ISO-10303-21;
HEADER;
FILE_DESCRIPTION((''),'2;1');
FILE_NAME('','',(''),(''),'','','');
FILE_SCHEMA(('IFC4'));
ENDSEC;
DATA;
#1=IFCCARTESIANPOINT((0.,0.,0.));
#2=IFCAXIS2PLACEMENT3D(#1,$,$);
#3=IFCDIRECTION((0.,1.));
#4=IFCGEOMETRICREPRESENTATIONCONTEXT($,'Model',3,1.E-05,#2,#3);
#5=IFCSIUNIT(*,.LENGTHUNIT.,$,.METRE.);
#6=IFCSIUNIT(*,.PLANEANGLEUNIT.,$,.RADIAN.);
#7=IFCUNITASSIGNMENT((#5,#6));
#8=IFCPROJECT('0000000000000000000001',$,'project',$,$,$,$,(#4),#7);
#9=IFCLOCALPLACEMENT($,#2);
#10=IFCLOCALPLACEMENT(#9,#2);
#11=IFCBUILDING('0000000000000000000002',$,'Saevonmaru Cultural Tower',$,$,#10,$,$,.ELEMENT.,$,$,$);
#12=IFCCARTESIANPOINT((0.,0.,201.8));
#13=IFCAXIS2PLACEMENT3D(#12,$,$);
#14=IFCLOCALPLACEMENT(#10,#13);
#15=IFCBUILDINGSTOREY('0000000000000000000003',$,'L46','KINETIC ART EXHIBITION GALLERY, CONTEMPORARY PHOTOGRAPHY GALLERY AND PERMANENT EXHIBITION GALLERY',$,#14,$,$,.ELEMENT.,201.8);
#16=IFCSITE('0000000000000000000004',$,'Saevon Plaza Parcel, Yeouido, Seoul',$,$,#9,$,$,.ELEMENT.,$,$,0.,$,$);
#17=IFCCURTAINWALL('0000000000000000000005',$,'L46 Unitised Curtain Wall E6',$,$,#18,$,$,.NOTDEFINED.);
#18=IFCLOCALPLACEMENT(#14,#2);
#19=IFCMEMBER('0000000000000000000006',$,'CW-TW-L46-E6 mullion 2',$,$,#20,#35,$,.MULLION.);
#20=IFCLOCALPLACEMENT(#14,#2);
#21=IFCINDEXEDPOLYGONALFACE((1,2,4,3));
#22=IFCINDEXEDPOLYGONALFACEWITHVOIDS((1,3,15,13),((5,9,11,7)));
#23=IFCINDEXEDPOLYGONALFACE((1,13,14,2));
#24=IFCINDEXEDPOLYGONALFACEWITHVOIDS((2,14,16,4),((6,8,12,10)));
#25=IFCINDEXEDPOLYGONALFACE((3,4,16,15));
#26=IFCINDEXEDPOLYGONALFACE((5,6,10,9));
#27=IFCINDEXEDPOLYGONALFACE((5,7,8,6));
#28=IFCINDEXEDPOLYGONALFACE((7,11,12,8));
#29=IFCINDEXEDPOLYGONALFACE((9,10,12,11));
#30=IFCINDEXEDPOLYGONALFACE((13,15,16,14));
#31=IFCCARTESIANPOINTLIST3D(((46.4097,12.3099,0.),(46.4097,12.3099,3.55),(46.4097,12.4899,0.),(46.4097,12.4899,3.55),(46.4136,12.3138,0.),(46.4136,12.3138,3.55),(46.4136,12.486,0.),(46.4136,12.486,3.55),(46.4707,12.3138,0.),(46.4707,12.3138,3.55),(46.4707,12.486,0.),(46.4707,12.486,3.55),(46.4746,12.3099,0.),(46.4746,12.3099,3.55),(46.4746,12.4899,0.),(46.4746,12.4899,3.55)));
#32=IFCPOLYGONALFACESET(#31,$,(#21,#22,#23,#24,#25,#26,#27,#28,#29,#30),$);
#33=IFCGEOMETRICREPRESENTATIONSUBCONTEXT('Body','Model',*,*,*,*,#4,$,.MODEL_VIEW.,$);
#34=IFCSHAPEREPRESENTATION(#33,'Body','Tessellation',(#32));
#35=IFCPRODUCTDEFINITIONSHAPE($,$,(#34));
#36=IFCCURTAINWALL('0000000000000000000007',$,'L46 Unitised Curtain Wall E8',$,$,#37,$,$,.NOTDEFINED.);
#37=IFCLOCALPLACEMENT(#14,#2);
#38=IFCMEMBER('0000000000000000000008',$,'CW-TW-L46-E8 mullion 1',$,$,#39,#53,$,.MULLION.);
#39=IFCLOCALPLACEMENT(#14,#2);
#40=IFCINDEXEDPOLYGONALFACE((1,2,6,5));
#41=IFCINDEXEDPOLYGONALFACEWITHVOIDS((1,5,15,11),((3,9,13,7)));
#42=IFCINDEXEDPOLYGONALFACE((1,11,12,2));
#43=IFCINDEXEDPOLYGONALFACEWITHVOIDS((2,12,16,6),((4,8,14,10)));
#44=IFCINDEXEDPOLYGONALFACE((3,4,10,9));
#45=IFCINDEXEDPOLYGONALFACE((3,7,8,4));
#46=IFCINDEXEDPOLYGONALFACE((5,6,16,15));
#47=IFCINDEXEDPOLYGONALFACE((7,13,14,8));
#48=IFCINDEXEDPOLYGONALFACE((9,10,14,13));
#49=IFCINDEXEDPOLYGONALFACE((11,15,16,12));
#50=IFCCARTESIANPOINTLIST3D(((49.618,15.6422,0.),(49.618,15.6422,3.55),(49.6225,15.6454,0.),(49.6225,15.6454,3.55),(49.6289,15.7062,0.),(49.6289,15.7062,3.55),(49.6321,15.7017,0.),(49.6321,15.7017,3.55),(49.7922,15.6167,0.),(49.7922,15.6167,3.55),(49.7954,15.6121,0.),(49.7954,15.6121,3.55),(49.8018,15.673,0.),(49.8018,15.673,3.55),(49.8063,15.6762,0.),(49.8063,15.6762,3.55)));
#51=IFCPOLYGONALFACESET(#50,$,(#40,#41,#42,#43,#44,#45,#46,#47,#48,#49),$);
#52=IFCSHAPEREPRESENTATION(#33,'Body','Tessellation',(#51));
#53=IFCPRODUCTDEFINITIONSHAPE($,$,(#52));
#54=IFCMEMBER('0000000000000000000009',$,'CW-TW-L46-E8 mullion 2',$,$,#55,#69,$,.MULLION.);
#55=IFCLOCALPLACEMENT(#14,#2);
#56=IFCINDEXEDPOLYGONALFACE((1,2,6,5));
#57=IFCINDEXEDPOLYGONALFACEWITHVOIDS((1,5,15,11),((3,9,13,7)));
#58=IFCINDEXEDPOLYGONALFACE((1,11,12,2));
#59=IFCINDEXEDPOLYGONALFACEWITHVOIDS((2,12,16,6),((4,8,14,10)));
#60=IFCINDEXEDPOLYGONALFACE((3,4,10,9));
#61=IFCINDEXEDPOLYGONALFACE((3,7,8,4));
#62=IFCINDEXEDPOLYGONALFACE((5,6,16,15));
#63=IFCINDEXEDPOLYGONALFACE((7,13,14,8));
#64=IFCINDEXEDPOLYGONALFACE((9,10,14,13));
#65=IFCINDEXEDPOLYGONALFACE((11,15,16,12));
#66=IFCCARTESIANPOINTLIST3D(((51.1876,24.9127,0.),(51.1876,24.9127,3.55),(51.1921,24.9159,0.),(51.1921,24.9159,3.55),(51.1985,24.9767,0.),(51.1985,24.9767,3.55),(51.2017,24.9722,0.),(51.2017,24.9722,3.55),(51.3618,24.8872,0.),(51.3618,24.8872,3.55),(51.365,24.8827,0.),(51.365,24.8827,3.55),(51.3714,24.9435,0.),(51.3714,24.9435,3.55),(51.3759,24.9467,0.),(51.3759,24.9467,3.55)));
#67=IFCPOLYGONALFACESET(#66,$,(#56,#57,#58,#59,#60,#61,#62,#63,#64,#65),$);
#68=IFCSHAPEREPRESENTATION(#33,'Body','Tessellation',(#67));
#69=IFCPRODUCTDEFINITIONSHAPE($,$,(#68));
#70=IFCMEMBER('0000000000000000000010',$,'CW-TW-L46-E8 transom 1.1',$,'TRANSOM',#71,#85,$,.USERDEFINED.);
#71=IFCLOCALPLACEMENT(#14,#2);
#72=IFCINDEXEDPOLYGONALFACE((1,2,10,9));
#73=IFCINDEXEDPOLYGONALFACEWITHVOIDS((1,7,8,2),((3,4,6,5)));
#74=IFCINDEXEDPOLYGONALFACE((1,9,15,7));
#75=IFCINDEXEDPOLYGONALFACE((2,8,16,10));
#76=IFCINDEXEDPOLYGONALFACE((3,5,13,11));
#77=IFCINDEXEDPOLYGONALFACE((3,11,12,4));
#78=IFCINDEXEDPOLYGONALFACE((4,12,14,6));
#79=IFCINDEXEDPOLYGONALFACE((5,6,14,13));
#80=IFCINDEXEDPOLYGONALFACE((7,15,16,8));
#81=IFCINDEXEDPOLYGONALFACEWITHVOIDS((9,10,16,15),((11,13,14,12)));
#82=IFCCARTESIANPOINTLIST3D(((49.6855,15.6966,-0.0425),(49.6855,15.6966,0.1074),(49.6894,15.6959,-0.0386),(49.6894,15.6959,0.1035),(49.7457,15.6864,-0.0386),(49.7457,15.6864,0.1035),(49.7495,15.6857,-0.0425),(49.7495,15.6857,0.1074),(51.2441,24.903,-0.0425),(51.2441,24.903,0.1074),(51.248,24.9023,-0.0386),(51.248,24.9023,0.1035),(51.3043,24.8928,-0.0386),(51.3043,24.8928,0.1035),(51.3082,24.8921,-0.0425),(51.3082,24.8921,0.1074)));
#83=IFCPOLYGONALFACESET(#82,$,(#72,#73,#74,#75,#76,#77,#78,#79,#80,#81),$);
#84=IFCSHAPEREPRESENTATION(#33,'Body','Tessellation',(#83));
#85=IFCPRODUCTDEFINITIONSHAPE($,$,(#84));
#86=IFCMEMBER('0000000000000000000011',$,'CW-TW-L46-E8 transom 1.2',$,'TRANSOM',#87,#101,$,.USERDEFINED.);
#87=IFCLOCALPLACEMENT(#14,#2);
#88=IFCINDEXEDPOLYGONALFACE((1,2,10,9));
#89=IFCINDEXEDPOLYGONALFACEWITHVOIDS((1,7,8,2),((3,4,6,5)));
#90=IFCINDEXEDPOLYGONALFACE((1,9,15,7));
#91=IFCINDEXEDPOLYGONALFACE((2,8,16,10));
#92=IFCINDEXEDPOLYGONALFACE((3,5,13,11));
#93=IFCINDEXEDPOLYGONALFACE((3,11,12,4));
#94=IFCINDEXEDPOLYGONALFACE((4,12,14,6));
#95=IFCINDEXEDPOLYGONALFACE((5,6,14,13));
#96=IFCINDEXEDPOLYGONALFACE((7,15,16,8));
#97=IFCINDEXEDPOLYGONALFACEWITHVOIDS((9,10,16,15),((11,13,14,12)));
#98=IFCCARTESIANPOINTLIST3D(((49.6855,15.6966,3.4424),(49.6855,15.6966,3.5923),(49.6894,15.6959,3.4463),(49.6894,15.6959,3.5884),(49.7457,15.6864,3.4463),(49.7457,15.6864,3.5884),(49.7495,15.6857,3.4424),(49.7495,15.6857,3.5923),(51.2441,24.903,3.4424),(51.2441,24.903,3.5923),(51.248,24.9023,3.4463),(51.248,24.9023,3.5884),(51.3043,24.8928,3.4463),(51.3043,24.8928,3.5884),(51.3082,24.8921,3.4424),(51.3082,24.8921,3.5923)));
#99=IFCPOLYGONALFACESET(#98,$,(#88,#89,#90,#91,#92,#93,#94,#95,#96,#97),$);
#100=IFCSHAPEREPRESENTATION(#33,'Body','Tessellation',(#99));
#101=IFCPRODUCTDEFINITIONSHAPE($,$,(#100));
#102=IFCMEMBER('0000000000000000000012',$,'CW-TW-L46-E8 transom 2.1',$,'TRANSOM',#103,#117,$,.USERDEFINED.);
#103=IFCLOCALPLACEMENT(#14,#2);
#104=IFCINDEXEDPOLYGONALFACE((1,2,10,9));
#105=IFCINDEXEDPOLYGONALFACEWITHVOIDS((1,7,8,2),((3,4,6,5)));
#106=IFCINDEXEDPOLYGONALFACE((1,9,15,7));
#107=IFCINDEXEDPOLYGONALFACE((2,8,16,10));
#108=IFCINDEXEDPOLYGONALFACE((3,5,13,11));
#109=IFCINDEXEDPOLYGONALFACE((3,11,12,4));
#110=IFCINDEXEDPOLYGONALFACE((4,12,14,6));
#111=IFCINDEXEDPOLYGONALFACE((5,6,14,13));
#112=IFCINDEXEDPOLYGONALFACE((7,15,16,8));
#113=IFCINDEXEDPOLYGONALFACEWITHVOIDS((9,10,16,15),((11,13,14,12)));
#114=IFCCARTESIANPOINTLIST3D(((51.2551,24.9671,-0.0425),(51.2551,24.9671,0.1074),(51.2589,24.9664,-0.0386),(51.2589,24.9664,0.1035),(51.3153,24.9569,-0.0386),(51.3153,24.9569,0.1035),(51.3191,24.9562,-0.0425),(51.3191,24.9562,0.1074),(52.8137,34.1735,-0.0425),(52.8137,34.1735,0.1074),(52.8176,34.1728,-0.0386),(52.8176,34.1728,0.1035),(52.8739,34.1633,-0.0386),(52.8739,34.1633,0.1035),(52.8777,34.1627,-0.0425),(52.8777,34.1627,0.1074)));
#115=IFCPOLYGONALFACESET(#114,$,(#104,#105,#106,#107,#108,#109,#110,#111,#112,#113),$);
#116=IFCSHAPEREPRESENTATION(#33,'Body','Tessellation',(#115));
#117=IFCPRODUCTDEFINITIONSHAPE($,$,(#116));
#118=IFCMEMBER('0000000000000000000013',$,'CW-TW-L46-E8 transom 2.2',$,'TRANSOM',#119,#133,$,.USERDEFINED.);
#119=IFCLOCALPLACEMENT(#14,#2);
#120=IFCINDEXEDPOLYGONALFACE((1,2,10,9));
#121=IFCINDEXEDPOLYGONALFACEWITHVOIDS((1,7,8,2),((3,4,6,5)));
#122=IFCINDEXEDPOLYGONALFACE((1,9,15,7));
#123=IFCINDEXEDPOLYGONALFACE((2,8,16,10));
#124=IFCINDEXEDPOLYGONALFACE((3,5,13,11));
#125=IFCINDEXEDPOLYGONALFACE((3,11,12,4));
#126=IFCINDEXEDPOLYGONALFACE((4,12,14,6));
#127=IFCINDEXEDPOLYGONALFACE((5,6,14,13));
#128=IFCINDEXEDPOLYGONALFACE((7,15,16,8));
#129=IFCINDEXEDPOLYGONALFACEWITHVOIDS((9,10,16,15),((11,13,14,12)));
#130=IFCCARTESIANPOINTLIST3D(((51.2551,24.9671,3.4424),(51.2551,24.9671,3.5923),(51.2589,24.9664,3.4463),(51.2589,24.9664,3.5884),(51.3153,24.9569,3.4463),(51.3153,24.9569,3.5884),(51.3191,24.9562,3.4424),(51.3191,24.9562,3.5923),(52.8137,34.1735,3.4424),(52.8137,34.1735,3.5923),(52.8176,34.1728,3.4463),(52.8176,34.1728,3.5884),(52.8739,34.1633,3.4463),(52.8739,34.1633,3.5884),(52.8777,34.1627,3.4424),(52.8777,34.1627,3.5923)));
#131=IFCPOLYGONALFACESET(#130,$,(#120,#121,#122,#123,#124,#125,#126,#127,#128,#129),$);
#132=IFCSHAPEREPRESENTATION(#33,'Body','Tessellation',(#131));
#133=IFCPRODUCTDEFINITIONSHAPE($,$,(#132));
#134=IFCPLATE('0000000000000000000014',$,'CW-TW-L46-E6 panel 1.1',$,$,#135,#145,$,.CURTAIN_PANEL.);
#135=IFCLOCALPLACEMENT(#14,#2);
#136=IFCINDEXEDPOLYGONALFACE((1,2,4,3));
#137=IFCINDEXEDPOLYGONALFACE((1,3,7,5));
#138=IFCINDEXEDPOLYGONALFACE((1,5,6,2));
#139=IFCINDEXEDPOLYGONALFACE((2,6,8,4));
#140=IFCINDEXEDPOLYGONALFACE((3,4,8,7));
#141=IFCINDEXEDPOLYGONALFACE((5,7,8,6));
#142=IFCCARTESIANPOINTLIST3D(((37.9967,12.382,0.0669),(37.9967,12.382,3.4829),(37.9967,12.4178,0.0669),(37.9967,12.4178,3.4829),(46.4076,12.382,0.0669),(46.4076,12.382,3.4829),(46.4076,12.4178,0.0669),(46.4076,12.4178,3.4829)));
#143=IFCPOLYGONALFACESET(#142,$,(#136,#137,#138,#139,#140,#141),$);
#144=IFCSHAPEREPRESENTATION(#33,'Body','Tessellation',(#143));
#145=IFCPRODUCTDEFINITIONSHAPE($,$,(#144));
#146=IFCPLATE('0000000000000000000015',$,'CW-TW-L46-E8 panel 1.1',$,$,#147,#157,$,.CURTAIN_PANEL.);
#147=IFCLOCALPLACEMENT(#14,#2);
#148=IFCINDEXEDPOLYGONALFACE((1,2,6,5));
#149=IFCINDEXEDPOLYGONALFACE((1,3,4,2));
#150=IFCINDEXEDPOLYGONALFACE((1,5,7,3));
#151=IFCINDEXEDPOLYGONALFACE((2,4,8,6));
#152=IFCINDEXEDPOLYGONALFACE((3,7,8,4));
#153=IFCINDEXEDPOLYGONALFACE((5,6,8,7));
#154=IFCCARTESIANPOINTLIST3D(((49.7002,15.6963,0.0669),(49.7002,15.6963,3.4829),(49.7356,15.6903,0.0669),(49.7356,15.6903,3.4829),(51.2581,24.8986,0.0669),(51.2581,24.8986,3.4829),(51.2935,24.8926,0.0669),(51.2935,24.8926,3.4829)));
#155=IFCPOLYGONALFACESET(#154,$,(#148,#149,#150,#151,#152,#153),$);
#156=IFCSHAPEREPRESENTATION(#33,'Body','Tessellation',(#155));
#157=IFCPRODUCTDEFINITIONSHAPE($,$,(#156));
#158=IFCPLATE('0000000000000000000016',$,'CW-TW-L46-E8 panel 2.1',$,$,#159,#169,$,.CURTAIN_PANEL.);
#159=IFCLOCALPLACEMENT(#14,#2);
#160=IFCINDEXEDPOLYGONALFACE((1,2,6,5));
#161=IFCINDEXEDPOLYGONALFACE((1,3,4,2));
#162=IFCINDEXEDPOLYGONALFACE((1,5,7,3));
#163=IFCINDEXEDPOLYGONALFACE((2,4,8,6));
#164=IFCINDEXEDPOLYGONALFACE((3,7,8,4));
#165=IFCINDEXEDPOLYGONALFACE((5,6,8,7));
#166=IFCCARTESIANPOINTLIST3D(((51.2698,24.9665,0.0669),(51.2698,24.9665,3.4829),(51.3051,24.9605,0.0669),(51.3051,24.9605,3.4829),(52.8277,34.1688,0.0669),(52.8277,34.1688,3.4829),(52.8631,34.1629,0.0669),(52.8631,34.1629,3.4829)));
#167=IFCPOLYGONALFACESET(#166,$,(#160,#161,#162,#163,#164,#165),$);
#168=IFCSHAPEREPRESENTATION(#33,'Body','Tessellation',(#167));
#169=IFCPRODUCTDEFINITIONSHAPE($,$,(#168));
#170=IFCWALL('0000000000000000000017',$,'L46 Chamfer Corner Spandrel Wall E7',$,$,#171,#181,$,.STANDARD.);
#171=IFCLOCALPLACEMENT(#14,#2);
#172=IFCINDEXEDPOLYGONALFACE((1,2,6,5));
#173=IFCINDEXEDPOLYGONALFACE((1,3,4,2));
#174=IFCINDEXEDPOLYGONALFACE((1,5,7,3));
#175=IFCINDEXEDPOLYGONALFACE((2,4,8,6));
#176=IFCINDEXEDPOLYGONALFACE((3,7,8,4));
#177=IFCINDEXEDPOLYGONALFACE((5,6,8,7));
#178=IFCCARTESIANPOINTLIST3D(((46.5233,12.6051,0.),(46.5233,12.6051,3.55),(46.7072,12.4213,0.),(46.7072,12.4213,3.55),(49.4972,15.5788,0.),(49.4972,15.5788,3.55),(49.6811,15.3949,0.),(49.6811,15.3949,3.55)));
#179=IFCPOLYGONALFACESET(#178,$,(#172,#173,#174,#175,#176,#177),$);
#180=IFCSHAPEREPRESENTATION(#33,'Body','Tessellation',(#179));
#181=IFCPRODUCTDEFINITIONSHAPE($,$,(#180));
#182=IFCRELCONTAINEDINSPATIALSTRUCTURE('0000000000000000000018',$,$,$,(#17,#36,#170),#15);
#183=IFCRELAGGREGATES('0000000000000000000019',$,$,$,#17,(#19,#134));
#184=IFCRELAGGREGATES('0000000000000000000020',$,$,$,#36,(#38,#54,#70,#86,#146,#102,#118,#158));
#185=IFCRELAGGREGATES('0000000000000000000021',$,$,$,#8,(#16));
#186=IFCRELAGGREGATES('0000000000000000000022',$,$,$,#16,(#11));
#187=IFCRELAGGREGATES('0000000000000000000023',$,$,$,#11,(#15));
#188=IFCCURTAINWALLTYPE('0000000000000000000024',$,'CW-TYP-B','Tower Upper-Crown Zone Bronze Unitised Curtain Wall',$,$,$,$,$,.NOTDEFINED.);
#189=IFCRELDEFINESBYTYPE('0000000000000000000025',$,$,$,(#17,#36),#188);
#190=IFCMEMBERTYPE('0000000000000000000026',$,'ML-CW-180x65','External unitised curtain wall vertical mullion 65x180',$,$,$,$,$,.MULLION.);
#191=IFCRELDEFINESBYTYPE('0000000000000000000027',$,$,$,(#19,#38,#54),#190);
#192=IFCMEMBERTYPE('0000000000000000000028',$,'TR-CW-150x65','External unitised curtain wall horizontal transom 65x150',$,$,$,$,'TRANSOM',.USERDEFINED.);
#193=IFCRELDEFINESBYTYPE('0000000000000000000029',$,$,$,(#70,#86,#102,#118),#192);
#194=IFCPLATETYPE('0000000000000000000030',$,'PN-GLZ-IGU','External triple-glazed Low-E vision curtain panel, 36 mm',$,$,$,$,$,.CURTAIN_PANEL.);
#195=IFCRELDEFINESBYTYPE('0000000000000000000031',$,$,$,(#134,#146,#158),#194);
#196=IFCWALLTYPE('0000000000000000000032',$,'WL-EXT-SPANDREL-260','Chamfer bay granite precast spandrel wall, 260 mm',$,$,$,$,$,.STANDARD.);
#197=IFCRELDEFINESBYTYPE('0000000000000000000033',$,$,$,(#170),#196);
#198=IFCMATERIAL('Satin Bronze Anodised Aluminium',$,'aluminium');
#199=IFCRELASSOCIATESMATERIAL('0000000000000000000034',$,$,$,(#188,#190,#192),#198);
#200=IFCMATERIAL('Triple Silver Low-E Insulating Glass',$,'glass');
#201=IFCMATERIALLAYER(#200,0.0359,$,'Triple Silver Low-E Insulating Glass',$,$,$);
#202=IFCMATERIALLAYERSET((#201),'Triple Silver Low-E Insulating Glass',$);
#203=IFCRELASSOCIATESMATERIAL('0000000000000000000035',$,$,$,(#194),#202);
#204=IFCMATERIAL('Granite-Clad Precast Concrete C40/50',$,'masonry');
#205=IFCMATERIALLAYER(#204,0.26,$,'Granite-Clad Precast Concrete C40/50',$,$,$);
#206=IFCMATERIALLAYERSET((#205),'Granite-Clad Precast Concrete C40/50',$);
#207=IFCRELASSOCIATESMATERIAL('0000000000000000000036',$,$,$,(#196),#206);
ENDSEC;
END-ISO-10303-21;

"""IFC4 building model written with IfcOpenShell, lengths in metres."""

from ifc_helpers import new_model, si_unit, direction, frame, frame_2d, origin, origin_2d, place, context, subcontext, project, spatial, rectangle, hollow_rectangle, extrude, material, layer, layer_set, material_profile, profile_set, type_object, element, aggregate, save


model = new_model("IFC4")

# Units and contexts
model_context = context("Model", 3, precision=1e-05, world=origin(), true_north=direction((0.0, 1.0)))
body_context = subcontext(model_context, "Body", "Model", "MODEL_VIEW")
ifc_project = project(units=[si_unit("LENGTHUNIT", "METRE"), si_unit("PLANEANGLEUNIT", "RADIAN")], contexts=[model_context])

# Site, building, storey
site_placement = place(None, origin())
site = spatial("IfcSite", under=ifc_project, at=site_placement, Name="Saevon Plaza Parcel, Yeouido, Seoul", CompositionType="ELEMENT", RefElevation=0.0)
building_placement = place(site_placement, origin())
building = spatial("IfcBuilding", under=site, at=building_placement, Name="Saevonmaru Cultural Tower", CompositionType="ELEMENT")
storey_placement = place(building_placement, frame((0.0, 0.0, 201.8)))
storey = spatial("IfcBuildingStorey", under=building, at=storey_placement, Name="L46", Description="KINETIC ART EXHIBITION GALLERY, CONTEMPORARY PHOTOGRAPHY GALLERY AND PERMANENT EXHIBITION GALLERY", CompositionType="ELEMENT", Elevation=201.8)

# Curtain wall, member
ifc_material_1 = material(Name="Satin Bronze Anodised Aluminium", Category="aluminium")
curtain_wall_type = type_object("IfcCurtainWallType", Name="CW-TYP-B", Description="Tower Upper-Crown Zone Bronze Unitised Curtain Wall", PredefinedType="NOTDEFINED", material=ifc_material_1)
curtain_wall_1_placement = place(storey_placement, origin())
curtain_wall_1 = element("IfcCurtainWall", 1, at=curtain_wall_1_placement, inside=storey, type_object=curtain_wall_type, Name="L46 Unitised Curtain Wall E6", PredefinedType="NOTDEFINED")
ifc_material_profile_1 = material_profile(ifc_material_1, hollow_rectangle(XDim=0.0649, YDim=0.1799, WallThickness=0.0039, at=origin_2d()), Name="ALU-MULL-180x65x4")
ifc_profile_set_1 = profile_set([ifc_material_profile_1], Name="Satin Bronze Anodised Aluminium")
member_type_1 = type_object("IfcMemberType", Name="ML-CW-180x65", Description="External unitised curtain wall vertical mullion 65x180", PredefinedType="MULLION", material=ifc_profile_set_1)
member_1_placement = place(storey_placement, frame((46.4421, 12.3999, 0.0), z_axis=(0.0, 0.0, 1.0), x_axis=(1.0, 0.0, 0.0)))
member_1 = element("IfcMember", 2, at=member_1_placement, type_object=member_type_1, Name="CW-TW-L46-E6 mullion 2", PredefinedType="MULLION", context=body_context, shape_type="SweptSolid", body=[
    extrude(hollow_rectangle(XDim=0.0649, YDim=0.1799, WallThickness=0.0039, at=origin_2d()), origin(), (0.0, 0.0, 1.0), 3.55),
])

# Curtain wall, members
curtain_wall_2_placement = place(storey_placement, origin())
curtain_wall_2 = element("IfcCurtainWall", 3, at=curtain_wall_2_placement, inside=storey, type_object=curtain_wall_type, Name="L46 Unitised Curtain Wall E8", PredefinedType="NOTDEFINED")
member_2_placement = place(storey_placement, frame((49.7122, 15.6592, 0.0), z_axis=(0.0, 0.0, 1.0), x_axis=(0.166922, 0.98597, 0.0)))
member_2 = element("IfcMember", 4, at=member_2_placement, type_object=member_type_1, Name="CW-TW-L46-E8 mullion 1", PredefinedType="MULLION", context=body_context, shape_type="SweptSolid", body=[
    extrude(hollow_rectangle(XDim=0.0649, YDim=0.1799, WallThickness=0.0039, at=origin_2d()), origin(), (0.0, 0.0, 1.0), 3.55),
])
member_3_placement = place(storey_placement, frame((51.2817, 24.9297, 0.0), z_axis=(0.0, 0.0, 1.0), x_axis=(0.166922, 0.98597, 0.0)))
member_3 = element("IfcMember", 5, at=member_3_placement, type_object=member_type_1, Name="CW-TW-L46-E8 mullion 2", PredefinedType="MULLION", context=body_context, shape_type="SweptSolid", body=[
    extrude(hollow_rectangle(XDim=0.0649, YDim=0.1799, WallThickness=0.0039, at=origin_2d()), origin(), (0.0, 0.0, 1.0), 3.55),
])
ifc_material_profile_2 = material_profile(ifc_material_1, hollow_rectangle(XDim=0.0649, YDim=0.1499, WallThickness=0.0039, at=origin_2d()), Name="ALU-TRAN-150x65x4")
ifc_profile_set_2 = profile_set([ifc_material_profile_2], Name="Satin Bronze Anodised Aluminium")
member_type_2 = type_object("IfcMemberType", Name="TR-CW-150x65", Description="External unitised curtain wall horizontal transom 65x150", ElementType="TRANSOM", PredefinedType="USERDEFINED", material=ifc_profile_set_2)
member_4_placement = place(storey_placement, frame((49.7175, 15.6912, 0.0325), z_axis=(0.166921, 0.98597, 0.0), x_axis=(-0.98597, 0.166921, 0.0)))
member_4 = element("IfcMember", 6, at=member_4_placement, type_object=member_type_2, Name="CW-TW-L46-E8 transom 1.1", ObjectType="TRANSOM", PredefinedType="USERDEFINED", context=body_context, shape_type="SweptSolid", body=[
    extrude(hollow_rectangle(XDim=0.0649, YDim=0.1499, WallThickness=0.0039, at=origin_2d()), origin(), (0.0, 0.0, 1.0), 9.3374),
])
member_5_placement = place(storey_placement, frame((49.7175, 15.6912, 3.5173), z_axis=(0.166921, 0.98597, 0.0), x_axis=(-0.98597, 0.166921, 0.0)))
member_5 = element("IfcMember", 7, at=member_5_placement, type_object=member_type_2, Name="CW-TW-L46-E8 transom 1.2", ObjectType="TRANSOM", PredefinedType="USERDEFINED", context=body_context, shape_type="SweptSolid", body=[
    extrude(hollow_rectangle(XDim=0.0649, YDim=0.1499, WallThickness=0.0039, at=origin_2d()), origin(), (0.0, 0.0, 1.0), 9.3374),
])
member_6_placement = place(storey_placement, frame((51.2871, 24.9617, 0.0325), z_axis=(0.166921, 0.98597, 0.0), x_axis=(-0.98597, 0.166921, 0.0)))
member_6 = element("IfcMember", 8, at=member_6_placement, type_object=member_type_2, Name="CW-TW-L46-E8 transom 2.1", ObjectType="TRANSOM", PredefinedType="USERDEFINED", context=body_context, shape_type="SweptSolid", body=[
    extrude(hollow_rectangle(XDim=0.0649, YDim=0.1499, WallThickness=0.0039, at=origin_2d()), origin(), (0.0, 0.0, 1.0), 9.3374),
])
member_7_placement = place(storey_placement, frame((51.2871, 24.9617, 3.5173), z_axis=(0.166921, 0.98597, 0.0), x_axis=(-0.98597, 0.166921, 0.0)))
member_7 = element("IfcMember", 9, at=member_7_placement, type_object=member_type_2, Name="CW-TW-L46-E8 transom 2.2", ObjectType="TRANSOM", PredefinedType="USERDEFINED", context=body_context, shape_type="SweptSolid", body=[
    extrude(hollow_rectangle(XDim=0.0649, YDim=0.1499, WallThickness=0.0039, at=origin_2d()), origin(), (0.0, 0.0, 1.0), 9.3374),
])

# Plates
ifc_material_2 = material(Name="Triple Silver Low-E Insulating Glass", Category="glass")
ifc_layer_1 = layer(ifc_material_2, 0.0359, Name="Triple Silver Low-E Insulating Glass")
ifc_layer_set_1 = layer_set([ifc_layer_1], Name="Triple Silver Low-E Insulating Glass")
plate_type = type_object("IfcPlateType", Name="PN-GLZ-IGU", Description="External triple-glazed Low-E vision curtain panel, 36 mm", PredefinedType="CURTAIN_PANEL", material=ifc_layer_set_1)
plate_1_placement = place(storey_placement, frame((42.2021, 12.3999, 0.0669), z_axis=(0.0, 0.0, 1.0), x_axis=(1.0, 0.0, 0.0)))
plate_1 = element("IfcPlate", 10, at=plate_1_placement, type_object=plate_type, Name="CW-TW-L46-E6 panel 1.1", PredefinedType="CURTAIN_PANEL", context=body_context, shape_type="SweptSolid", body=[
    extrude(rectangle(XDim=8.4109, YDim=0.0359, at=origin_2d()), origin(), (0.0, 0.0, 1.0), 3.416),
])
aggregate(curtain_wall_1, [member_1, plate_1])
plate_2_placement = place(storey_placement, frame((50.4968, 20.2944, 0.0669), z_axis=(0.0, 0.0, 1.0), x_axis=(0.166922, 0.98597, 0.0)))
plate_2 = element("IfcPlate", 11, at=plate_2_placement, type_object=plate_type, Name="CW-TW-L46-E8 panel 1.1", PredefinedType="CURTAIN_PANEL", context=body_context, shape_type="SweptSolid", body=[
    extrude(rectangle(XDim=9.3333, YDim=0.0359, at=origin_2d()), origin(), (0.0, 0.0, 1.0), 3.416),
])
plate_3_placement = place(storey_placement, frame((52.0664, 29.5647, 0.0669), z_axis=(0.0, 0.0, 1.0), x_axis=(0.166922, 0.98597, 0.0)))
plate_3 = element("IfcPlate", 12, at=plate_3_placement, type_object=plate_type, Name="CW-TW-L46-E8 panel 2.1", PredefinedType="CURTAIN_PANEL", context=body_context, shape_type="SweptSolid", body=[
    extrude(rectangle(XDim=9.3333, YDim=0.0359, at=origin_2d()), origin(), (0.0, 0.0, 1.0), 3.416),
])
aggregate(curtain_wall_2, [member_2, member_3, member_4, member_5, plate_2, member_6, member_7, plate_3])

# Wall
ifc_material_3 = material(Name="Granite-Clad Precast Concrete C40/50", Category="masonry")
ifc_layer_2 = layer(ifc_material_3, 0.26, Name="Granite-Clad Precast Concrete C40/50")
ifc_layer_set_2 = layer_set([ifc_layer_2], Name="Granite-Clad Precast Concrete C40/50")
wall_type_1 = type_object("IfcWallType", Name="WL-EXT-SPANDREL-260", Description="Chamfer bay granite precast spandrel wall, 260 mm", PredefinedType="STANDARD", material=ifc_layer_set_2)
wall_1_placement = place(storey_placement, frame((46.6152, 12.5132, 0.0), z_axis=(0.0, 0.0, 1.0), x_axis=(0.707136, 0.707078, 0.0)))
element("IfcWall", 13, at=wall_1_placement, inside=storey, type_object=wall_type_1, Name="L46 Chamfer Corner Spandrel Wall E7", PredefinedType="STANDARD", context=body_context, shape_type="SweptSolid", body=[
    extrude(rectangle(XDim=4.2056, YDim=0.26, at=frame_2d((2.1028, 0.0))), origin(), (0.0, 0.0, 1.0), 3.55),
])

save(model, "model.ifc")
